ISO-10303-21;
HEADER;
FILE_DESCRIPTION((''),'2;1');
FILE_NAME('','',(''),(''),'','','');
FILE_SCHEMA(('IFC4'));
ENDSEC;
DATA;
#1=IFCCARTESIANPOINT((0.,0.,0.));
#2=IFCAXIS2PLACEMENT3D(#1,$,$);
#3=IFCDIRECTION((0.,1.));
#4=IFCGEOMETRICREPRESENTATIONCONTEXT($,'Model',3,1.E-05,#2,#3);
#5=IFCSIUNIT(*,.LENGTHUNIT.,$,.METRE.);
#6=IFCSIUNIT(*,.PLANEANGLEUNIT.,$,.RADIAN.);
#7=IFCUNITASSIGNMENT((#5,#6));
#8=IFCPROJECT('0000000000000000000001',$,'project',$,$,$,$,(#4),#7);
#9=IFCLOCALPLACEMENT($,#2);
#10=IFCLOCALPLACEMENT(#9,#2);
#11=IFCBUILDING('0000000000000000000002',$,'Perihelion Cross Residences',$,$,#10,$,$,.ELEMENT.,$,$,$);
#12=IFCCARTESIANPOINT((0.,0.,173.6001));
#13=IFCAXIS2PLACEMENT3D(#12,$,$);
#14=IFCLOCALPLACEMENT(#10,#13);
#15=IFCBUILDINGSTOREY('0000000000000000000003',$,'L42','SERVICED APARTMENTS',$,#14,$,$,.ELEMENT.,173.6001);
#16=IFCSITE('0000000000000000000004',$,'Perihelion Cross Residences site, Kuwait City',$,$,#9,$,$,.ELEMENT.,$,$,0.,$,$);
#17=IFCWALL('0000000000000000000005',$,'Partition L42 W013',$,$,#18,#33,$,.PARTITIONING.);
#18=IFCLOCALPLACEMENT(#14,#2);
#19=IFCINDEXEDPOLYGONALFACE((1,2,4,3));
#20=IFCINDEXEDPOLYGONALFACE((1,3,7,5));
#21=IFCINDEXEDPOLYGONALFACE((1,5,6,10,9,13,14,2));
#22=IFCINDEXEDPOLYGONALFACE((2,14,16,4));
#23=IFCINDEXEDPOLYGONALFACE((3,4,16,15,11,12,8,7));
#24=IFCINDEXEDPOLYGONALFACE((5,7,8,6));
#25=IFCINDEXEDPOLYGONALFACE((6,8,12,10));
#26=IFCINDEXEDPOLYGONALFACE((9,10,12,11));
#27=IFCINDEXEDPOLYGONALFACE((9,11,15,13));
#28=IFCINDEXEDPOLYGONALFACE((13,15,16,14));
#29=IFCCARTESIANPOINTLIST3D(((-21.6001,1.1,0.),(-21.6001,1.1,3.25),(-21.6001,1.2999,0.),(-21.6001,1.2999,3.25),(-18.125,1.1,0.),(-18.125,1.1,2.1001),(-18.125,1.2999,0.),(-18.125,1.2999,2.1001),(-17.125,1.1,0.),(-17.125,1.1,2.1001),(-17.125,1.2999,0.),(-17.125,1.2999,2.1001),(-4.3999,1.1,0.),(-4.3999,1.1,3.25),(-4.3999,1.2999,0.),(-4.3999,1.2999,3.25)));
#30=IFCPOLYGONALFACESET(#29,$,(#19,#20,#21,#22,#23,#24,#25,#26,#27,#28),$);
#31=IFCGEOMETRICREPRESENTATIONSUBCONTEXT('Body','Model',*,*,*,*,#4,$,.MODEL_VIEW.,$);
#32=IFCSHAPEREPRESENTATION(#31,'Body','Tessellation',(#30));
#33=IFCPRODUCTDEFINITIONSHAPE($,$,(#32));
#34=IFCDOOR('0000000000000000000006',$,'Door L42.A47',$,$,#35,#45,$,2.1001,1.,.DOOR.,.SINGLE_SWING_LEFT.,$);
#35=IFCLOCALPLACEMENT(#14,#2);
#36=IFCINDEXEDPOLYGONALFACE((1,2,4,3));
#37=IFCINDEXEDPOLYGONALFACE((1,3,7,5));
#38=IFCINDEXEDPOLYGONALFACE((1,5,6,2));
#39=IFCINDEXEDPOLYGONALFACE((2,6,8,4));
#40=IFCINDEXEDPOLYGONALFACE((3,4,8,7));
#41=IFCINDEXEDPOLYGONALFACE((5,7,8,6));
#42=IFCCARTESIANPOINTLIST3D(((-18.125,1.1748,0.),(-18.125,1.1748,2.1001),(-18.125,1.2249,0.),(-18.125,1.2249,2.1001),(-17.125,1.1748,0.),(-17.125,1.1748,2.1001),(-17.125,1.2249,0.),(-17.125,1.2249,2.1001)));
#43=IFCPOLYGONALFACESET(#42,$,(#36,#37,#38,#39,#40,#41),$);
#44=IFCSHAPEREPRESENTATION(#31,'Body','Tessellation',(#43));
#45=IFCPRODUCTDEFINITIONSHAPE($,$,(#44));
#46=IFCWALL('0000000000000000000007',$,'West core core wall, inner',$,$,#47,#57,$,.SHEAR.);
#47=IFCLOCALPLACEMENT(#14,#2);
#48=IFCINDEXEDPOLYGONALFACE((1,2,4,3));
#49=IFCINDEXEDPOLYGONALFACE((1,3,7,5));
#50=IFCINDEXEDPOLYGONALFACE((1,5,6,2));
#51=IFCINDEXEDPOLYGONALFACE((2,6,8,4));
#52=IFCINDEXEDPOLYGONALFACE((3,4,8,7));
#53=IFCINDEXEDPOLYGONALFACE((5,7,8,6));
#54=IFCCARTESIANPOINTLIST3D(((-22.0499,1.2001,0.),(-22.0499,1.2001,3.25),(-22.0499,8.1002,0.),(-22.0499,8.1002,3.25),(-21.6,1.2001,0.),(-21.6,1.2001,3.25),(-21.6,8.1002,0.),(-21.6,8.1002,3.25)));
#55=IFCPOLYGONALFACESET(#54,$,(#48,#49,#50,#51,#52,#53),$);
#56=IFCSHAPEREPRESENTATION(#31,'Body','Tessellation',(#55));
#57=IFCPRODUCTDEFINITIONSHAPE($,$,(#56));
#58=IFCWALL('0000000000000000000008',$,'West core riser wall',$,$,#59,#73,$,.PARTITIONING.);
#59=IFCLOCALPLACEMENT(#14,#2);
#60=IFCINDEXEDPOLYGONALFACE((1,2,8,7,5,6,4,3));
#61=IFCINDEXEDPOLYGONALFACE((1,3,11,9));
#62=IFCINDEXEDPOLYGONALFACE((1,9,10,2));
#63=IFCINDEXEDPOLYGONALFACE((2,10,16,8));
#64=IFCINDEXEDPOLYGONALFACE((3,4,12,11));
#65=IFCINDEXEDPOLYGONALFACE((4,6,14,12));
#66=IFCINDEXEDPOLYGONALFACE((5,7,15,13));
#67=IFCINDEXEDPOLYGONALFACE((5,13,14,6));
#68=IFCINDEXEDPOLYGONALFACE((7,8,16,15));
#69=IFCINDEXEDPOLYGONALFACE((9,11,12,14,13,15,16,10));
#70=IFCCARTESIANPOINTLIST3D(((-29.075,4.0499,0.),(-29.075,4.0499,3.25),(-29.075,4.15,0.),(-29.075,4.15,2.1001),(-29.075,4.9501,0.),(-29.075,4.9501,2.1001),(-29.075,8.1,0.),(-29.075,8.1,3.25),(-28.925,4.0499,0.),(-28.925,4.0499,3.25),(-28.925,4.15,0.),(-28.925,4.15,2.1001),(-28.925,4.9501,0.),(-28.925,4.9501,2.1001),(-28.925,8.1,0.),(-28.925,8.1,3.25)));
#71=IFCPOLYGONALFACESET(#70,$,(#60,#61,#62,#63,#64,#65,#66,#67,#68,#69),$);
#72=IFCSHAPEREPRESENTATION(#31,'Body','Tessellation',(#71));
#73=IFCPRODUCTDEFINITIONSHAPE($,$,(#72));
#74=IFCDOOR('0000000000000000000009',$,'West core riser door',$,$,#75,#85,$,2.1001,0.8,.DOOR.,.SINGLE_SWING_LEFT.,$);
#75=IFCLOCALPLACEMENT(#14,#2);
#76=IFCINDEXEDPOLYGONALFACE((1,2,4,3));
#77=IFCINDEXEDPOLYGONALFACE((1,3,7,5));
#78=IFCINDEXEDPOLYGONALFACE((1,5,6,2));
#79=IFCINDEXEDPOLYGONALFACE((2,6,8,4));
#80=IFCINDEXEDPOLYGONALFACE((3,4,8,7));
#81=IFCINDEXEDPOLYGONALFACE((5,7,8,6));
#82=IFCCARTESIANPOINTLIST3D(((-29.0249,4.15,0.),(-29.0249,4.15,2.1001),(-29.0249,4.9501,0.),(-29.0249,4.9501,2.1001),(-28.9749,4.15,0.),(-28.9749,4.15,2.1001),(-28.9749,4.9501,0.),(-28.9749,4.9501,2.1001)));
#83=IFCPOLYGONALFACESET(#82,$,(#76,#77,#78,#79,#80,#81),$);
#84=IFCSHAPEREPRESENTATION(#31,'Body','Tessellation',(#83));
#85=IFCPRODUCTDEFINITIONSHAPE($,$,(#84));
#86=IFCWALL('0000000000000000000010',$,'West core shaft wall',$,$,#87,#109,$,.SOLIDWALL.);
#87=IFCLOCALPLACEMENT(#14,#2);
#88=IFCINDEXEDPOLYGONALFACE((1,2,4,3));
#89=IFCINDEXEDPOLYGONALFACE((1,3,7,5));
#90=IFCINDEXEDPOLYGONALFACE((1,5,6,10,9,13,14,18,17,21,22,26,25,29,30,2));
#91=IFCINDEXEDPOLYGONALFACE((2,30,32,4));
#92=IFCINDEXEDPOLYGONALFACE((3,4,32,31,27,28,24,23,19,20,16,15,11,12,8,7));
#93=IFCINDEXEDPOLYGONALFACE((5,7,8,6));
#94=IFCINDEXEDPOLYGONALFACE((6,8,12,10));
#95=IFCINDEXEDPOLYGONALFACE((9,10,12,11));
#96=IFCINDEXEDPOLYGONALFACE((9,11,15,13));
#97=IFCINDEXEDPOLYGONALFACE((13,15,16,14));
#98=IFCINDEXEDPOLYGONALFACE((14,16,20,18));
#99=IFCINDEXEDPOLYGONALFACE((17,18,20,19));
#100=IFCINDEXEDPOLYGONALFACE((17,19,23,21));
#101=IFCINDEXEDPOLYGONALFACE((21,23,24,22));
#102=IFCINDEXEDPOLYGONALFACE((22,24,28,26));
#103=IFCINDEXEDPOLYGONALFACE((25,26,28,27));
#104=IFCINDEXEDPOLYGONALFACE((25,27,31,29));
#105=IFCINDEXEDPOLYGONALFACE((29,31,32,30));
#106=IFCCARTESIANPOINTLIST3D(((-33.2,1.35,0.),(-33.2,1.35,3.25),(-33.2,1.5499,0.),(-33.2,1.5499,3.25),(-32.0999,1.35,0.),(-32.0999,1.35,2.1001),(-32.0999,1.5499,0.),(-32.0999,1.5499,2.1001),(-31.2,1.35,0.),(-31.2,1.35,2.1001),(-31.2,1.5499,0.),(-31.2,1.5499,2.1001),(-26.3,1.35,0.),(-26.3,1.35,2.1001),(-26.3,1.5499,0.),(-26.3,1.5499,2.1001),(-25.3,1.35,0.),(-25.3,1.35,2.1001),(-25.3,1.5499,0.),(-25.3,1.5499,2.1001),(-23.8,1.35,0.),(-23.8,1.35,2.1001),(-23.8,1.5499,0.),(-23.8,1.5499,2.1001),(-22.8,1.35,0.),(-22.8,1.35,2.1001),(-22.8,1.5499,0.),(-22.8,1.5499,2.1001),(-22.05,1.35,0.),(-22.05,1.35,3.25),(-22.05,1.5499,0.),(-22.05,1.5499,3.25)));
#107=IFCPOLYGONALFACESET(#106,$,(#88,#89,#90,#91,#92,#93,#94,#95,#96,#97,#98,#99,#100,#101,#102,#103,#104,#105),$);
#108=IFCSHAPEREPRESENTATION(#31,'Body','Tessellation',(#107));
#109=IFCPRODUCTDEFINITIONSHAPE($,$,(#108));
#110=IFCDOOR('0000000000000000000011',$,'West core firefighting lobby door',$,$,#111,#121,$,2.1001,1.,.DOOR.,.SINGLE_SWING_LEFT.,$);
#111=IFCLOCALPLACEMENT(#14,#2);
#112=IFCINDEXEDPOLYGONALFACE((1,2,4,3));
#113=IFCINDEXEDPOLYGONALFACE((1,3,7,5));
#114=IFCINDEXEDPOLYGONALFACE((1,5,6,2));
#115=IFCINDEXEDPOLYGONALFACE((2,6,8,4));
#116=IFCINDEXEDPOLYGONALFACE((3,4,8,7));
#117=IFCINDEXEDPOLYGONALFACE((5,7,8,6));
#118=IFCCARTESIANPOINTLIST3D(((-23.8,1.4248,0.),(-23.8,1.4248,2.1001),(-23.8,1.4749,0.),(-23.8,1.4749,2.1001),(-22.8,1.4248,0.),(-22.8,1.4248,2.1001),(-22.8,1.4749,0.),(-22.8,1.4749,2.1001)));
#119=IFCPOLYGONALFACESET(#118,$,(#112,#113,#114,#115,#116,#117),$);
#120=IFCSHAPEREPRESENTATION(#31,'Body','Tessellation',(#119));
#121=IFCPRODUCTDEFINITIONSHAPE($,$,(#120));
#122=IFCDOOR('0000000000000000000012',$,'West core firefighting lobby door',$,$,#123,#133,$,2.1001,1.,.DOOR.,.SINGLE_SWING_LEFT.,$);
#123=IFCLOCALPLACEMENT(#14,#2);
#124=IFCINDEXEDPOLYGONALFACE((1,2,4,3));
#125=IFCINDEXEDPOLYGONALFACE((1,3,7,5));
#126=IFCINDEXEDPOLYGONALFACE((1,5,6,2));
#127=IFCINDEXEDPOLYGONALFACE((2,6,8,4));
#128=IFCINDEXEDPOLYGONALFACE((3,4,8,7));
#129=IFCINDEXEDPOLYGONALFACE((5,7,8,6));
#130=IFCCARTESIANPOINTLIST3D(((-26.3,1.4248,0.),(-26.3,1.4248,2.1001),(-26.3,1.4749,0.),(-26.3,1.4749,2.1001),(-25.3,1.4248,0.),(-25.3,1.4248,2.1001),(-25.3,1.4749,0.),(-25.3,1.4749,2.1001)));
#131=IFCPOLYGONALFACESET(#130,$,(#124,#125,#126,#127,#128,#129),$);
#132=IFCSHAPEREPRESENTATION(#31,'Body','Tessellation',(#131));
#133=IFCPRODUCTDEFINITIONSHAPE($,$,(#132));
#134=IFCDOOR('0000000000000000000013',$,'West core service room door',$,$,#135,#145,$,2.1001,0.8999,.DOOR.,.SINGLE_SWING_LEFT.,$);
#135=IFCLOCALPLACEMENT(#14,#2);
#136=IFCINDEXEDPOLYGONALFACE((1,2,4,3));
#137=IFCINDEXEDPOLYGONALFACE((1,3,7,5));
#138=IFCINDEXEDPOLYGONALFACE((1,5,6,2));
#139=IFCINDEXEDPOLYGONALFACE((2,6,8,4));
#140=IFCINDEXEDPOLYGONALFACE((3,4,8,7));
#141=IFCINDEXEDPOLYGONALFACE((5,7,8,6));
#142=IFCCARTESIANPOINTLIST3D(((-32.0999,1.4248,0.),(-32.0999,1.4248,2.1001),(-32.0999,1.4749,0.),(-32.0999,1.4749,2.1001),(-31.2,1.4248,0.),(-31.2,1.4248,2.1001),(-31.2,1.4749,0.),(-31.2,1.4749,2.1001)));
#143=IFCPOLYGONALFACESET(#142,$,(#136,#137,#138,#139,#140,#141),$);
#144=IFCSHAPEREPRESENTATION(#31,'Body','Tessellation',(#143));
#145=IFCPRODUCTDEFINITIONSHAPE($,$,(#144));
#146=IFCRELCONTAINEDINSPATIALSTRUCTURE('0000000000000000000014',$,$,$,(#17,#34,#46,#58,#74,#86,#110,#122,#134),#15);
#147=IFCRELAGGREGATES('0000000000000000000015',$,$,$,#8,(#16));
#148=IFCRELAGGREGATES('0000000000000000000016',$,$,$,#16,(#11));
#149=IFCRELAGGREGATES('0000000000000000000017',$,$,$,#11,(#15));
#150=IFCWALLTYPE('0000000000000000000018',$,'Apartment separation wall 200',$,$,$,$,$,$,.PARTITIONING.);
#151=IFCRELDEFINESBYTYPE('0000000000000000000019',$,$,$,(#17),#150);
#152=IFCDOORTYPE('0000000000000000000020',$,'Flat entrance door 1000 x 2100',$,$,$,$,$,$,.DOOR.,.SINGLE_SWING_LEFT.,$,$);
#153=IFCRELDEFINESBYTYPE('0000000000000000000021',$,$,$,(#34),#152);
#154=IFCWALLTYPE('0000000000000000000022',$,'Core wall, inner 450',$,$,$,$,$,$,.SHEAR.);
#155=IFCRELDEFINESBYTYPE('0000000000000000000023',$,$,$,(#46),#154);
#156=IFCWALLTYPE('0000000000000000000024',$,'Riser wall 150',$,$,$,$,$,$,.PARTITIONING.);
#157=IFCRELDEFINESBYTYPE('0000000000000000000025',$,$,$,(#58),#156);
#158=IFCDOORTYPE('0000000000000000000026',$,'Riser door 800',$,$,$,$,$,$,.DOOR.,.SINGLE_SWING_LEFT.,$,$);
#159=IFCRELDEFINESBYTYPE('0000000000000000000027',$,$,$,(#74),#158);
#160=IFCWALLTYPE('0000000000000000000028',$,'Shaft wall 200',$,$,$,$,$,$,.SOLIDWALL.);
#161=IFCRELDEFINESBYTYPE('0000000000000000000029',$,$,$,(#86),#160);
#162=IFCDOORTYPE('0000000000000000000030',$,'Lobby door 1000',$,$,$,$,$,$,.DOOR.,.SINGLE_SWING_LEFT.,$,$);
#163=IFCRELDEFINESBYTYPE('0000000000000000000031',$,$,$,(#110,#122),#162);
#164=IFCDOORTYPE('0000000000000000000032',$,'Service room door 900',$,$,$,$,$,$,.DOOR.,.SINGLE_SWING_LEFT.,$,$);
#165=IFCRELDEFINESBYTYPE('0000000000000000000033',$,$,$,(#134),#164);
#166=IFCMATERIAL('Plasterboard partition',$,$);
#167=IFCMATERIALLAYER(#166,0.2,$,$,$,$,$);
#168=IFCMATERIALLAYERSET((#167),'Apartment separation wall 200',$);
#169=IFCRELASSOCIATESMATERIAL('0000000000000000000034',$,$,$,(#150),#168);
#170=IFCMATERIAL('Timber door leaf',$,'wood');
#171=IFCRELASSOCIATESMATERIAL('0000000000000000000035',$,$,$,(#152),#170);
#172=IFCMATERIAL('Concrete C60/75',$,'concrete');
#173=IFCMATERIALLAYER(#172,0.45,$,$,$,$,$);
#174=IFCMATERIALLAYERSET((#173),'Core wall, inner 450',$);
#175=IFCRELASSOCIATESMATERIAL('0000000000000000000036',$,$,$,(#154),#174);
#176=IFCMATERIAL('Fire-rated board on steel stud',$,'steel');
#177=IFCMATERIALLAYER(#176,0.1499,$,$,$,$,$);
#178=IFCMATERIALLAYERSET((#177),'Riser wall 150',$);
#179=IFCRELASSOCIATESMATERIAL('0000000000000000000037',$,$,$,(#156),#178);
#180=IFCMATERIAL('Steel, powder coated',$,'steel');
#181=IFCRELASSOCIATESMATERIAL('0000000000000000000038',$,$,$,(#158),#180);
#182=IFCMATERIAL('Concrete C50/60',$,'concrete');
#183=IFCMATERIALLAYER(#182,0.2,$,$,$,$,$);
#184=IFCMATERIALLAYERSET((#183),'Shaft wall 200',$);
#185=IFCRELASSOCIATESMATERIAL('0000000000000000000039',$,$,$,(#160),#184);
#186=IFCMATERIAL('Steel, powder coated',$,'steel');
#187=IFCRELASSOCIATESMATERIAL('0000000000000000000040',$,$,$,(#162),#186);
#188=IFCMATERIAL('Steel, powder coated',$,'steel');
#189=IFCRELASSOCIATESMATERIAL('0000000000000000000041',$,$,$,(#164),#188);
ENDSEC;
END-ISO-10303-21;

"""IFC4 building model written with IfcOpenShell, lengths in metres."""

from ifc_helpers import new_model, si_unit, direction, frame, frame_2d, origin, place, context, subcontext, project, spatial, rectangle, extrude, material, layer, layer_set, type_object, element, fill, save


model = new_model("IFC4")

# Units and contexts
model_context = context("Model", 3, precision=1e-05, world=origin(), true_north=direction((0.0, 1.0)))
body_context = subcontext(model_context, "Body", "Model", "MODEL_VIEW")
ifc_project = project(units=[si_unit("LENGTHUNIT", "METRE"), si_unit("PLANEANGLEUNIT", "RADIAN")], contexts=[model_context])

# Site, building, storey
site_placement = place(None, origin())
site = spatial("IfcSite", under=ifc_project, at=site_placement, Name="Perihelion Cross Residences site, Kuwait City", CompositionType="ELEMENT", RefElevation=0.0)
building_placement = place(site_placement, origin())
building = spatial("IfcBuilding", under=site, at=building_placement, Name="Perihelion Cross Residences", CompositionType="ELEMENT")
storey_placement = place(building_placement, frame((0.0, 0.0, 173.6001)))
storey = spatial("IfcBuildingStorey", under=building, at=storey_placement, Name="L42", Description="SERVICED APARTMENTS", CompositionType="ELEMENT", Elevation=173.6001)

# Wall, opening, door
ifc_material_1 = material(Name="Plasterboard partition")
ifc_layer_1 = layer(ifc_material_1, 0.2)
ifc_layer_set_1 = layer_set([ifc_layer_1], Name="Apartment separation wall 200")
wall_type_1 = type_object("IfcWallType", Name="Apartment separation wall 200", PredefinedType="PARTITIONING", material=ifc_layer_set_1)
wall_1_placement = place(storey_placement, frame((-21.6001, 1.2, 0.0), z_axis=(0.0, 0.0, 1.0), x_axis=(1.0, 0.0, 0.0)))
wall_1 = element("IfcWall", 1, at=wall_1_placement, inside=storey, type_object=wall_type_1, Name="Partition L42 W013", PredefinedType="PARTITIONING", context=body_context, shape_type="SweptSolid", body=[
    extrude(rectangle(XDim=17.2002, YDim=0.2, at=frame_2d((8.6001, 0.0))), origin(), (0.0, 0.0, 1.0), 3.25),
])
opening_1_placement = place(wall_1_placement, frame((3.4751, 0.0, 0.0)))
opening_1 = element("IfcOpeningElement", 2, at=opening_1_placement, cuts=wall_1, PredefinedType="OPENING", context=body_context, shape_type="SweptSolid", body=[
    extrude(rectangle(XDim=1.0, YDim=2.1001, at=frame_2d((0.5, 1.05))), frame((0.0, 0.1099, 0.0), z_axis=(0.0, -1.0, 0.0), x_axis=(1.0, 0.0, 0.0)), (0.0, 0.0, 1.0), 0.22),
])
ifc_material_2 = material(Name="Timber door leaf", Category="wood")
door_type_1 = type_object("IfcDoorType", Name="Flat entrance door 1000 x 2100", OperationType="SINGLE_SWING_LEFT", PredefinedType="DOOR", material=ifc_material_2)
door_1_placement = place(opening_1_placement, origin())
door_1 = element("IfcDoor", 3, at=door_1_placement, inside=storey, type_object=door_type_1, Name="Door L42.A47", OperationType="SINGLE_SWING_LEFT", OverallHeight=2.1001, OverallWidth=1.0, PredefinedType="DOOR", context=body_context, shape_type="SweptSolid", body=[
    extrude(rectangle(XDim=1.0, YDim=2.1001, at=frame_2d((0.5, 1.05))), frame((0.0, 0.0249, 0.0), z_axis=(0.0, -1.0, 0.0), x_axis=(1.0, 0.0, 0.0)), (0.0, 0.0, 1.0), 0.05),
])
fill(opening_1, door_1)

# Wall
ifc_material_3 = material(Name="Concrete C60/75", Category="concrete")
ifc_layer_2 = layer(ifc_material_3, 0.45)
ifc_layer_set_2 = layer_set([ifc_layer_2], Name="Core wall, inner 450")
wall_type_2 = type_object("IfcWallType", Name="Core wall, inner 450", PredefinedType="SHEAR", material=ifc_layer_set_2)
wall_2_placement = place(storey_placement, frame((-21.825, 1.2, 0.0), z_axis=(0.0, 0.0, 1.0), x_axis=(0.0, 1.0, 0.0)))
element("IfcWall", 4, at=wall_2_placement, inside=storey, type_object=wall_type_2, Name="West core core wall, inner", PredefinedType="SHEAR", context=body_context, shape_type="SweptSolid", body=[
    extrude(rectangle(XDim=6.9001, YDim=0.45, at=frame_2d((3.4502, 0.0))), origin(), (0.0, 0.0, 1.0), 3.25),
])

# Wall, opening, door
ifc_material_4 = material(Name="Fire-rated board on steel stud", Category="steel")
ifc_layer_3 = layer(ifc_material_4, 0.1499)
ifc_layer_set_3 = layer_set([ifc_layer_3], Name="Riser wall 150")
wall_type_3 = type_object("IfcWallType", Name="Riser wall 150", PredefinedType="PARTITIONING", material=ifc_layer_set_3)
wall_3_placement = place(storey_placement, frame((-29.0, 4.05, 0.0), z_axis=(0.0, 0.0, 1.0), x_axis=(0.0, 1.0, 0.0)))
wall_3 = element("IfcWall", 5, at=wall_3_placement, inside=storey, type_object=wall_type_3, Name="West core riser wall", PredefinedType="PARTITIONING", context=body_context, shape_type="SweptSolid", body=[
    extrude(rectangle(XDim=4.05, YDim=0.1499, at=frame_2d((2.0249, 0.0))), origin(), (0.0, 0.0, 1.0), 3.25),
])
opening_2_placement = place(wall_3_placement, frame((0.1001, 0.0, 0.0)))
opening_2 = element("IfcOpeningElement", 6, at=opening_2_placement, cuts=wall_3, PredefinedType="OPENING", context=body_context, shape_type="SweptSolid", body=[
    extrude(rectangle(XDim=0.8, YDim=2.1001, at=frame_2d((0.3999, 1.05))), frame((0.0, 0.085, 0.0), z_axis=(0.0, -1.0, 0.0), x_axis=(1.0, 0.0, 0.0)), (0.0, 0.0, 1.0), 0.1699),
])
ifc_material_5 = material(Name="Steel, powder coated", Category="steel")
door_type_2 = type_object("IfcDoorType", Name="Riser door 800", OperationType="SINGLE_SWING_LEFT", PredefinedType="DOOR", material=ifc_material_5)
door_2_placement = place(opening_2_placement, origin())
door_2 = element("IfcDoor", 7, at=door_2_placement, inside=storey, type_object=door_type_2, Name="West core riser door", OperationType="SINGLE_SWING_LEFT", OverallHeight=2.1001, OverallWidth=0.8, PredefinedType="DOOR", context=body_context, shape_type="SweptSolid", body=[
    extrude(rectangle(XDim=0.8, YDim=2.1001, at=frame_2d((0.3999, 1.05))), frame((0.0, 0.0249, 0.0), z_axis=(0.0, -1.0, 0.0), x_axis=(1.0, 0.0, 0.0)), (0.0, 0.0, 1.0), 0.05),
])
fill(opening_2, door_2)

# Wall, openings, doors
ifc_material_6 = material(Name="Concrete C50/60", Category="concrete")
ifc_layer_4 = layer(ifc_material_6, 0.2)
ifc_layer_set_4 = layer_set([ifc_layer_4], Name="Shaft wall 200")
wall_type_4 = type_object("IfcWallType", Name="Shaft wall 200", PredefinedType="SOLIDWALL", material=ifc_layer_set_4)
wall_4_placement = place(storey_placement, frame((-33.2, 1.45, 0.0), z_axis=(0.0, 0.0, 1.0), x_axis=(1.0, 0.0, 0.0)))
wall_4 = element("IfcWall", 8, at=wall_4_placement, inside=storey, type_object=wall_type_4, Name="West core shaft wall", PredefinedType="SOLIDWALL", context=body_context, shape_type="SweptSolid", body=[
    extrude(rectangle(XDim=11.1499, YDim=0.2, at=frame_2d((5.575, 0.0))), origin(), (0.0, 0.0, 1.0), 3.25),
])
opening_3_placement = place(wall_4_placement, frame((9.3999, 0.0, 0.0)))
opening_3 = element("IfcOpeningElement", 9, at=opening_3_placement, cuts=wall_4, PredefinedType="OPENING", context=body_context, shape_type="SweptSolid", body=[
    extrude(rectangle(XDim=1.0, YDim=2.1001, at=frame_2d((0.5, 1.05))), frame((0.0, 0.1099, 0.0), z_axis=(0.0, -1.0, 0.0), x_axis=(1.0, 0.0, 0.0)), (0.0, 0.0, 1.0), 0.22),
])
opening_4_placement = place(wall_4_placement, frame((6.8999, 0.0, 0.0)))
opening_4 = element("IfcOpeningElement", 10, at=opening_4_placement, cuts=wall_4, PredefinedType="OPENING", context=body_context, shape_type="SweptSolid", body=[
    extrude(rectangle(XDim=1.0, YDim=2.1001, at=frame_2d((0.5, 1.05))), frame((0.0, 0.1099, 0.0), z_axis=(0.0, -1.0, 0.0), x_axis=(1.0, 0.0, 0.0)), (0.0, 0.0, 1.0), 0.22),
])
opening_5_placement = place(wall_4_placement, frame((1.1001, 0.0, 0.0)))
opening_5 = element("IfcOpeningElement", 11, at=opening_5_placement, cuts=wall_4, PredefinedType="OPENING", context=body_context, shape_type="SweptSolid", body=[
    extrude(rectangle(XDim=0.8999, YDim=2.1001, at=frame_2d((0.45, 1.05))), frame((0.0, 0.1099, 0.0), z_axis=(0.0, -1.0, 0.0), x_axis=(1.0, 0.0, 0.0)), (0.0, 0.0, 1.0), 0.22),
])
ifc_material_7 = material(Name="Steel, powder coated", Category="steel")
door_type_3 = type_object("IfcDoorType", Name="Lobby door 1000", OperationType="SINGLE_SWING_LEFT", PredefinedType="DOOR", material=ifc_material_7)
door_3_placement = place(opening_3_placement, origin())
door_3 = element("IfcDoor", 12, at=door_3_placement, inside=storey, type_object=door_type_3, Name="West core firefighting lobby door", OperationType="SINGLE_SWING_LEFT", OverallHeight=2.1001, OverallWidth=1.0, PredefinedType="DOOR", context=body_context, shape_type="SweptSolid", body=[
    extrude(rectangle(XDim=1.0, YDim=2.1001, at=frame_2d((0.5, 1.05))), frame((0.0, 0.0249, 0.0), z_axis=(0.0, -1.0, 0.0), x_axis=(1.0, 0.0, 0.0)), (0.0, 0.0, 1.0), 0.05),
])
fill(opening_3, door_3)
door_4_placement = place(opening_4_placement, origin())
door_4 = element("IfcDoor", 13, at=door_4_placement, inside=storey, type_object=door_type_3, Name="West core firefighting lobby door", OperationType="SINGLE_SWING_LEFT", OverallHeight=2.1001, OverallWidth=1.0, PredefinedType="DOOR", context=body_context, shape_type="SweptSolid", body=[
    extrude(rectangle(XDim=1.0, YDim=2.1001, at=frame_2d((0.5, 1.05))), frame((0.0, 0.0249, 0.0), z_axis=(0.0, -1.0, 0.0), x_axis=(1.0, 0.0, 0.0)), (0.0, 0.0, 1.0), 0.05),
])
fill(opening_4, door_4)
ifc_material_8 = material(Name="Steel, powder coated", Category="steel")
door_type_4 = type_object("IfcDoorType", Name="Service room door 900", OperationType="SINGLE_SWING_LEFT", PredefinedType="DOOR", material=ifc_material_8)
door_5_placement = place(opening_5_placement, origin())
door_5 = element("IfcDoor", 14, at=door_5_placement, inside=storey, type_object=door_type_4, Name="West core service room door", OperationType="SINGLE_SWING_LEFT", OverallHeight=2.1001, OverallWidth=0.8999, PredefinedType="DOOR", context=body_context, shape_type="SweptSolid", body=[
    extrude(rectangle(XDim=0.8999, YDim=2.1001, at=frame_2d((0.45, 1.05))), frame((0.0, 0.0249, 0.0), z_axis=(0.0, -1.0, 0.0), x_axis=(1.0, 0.0, 0.0)), (0.0, 0.0, 1.0), 0.05),
])
fill(opening_5, door_5)

save(model, "model.ifc")
